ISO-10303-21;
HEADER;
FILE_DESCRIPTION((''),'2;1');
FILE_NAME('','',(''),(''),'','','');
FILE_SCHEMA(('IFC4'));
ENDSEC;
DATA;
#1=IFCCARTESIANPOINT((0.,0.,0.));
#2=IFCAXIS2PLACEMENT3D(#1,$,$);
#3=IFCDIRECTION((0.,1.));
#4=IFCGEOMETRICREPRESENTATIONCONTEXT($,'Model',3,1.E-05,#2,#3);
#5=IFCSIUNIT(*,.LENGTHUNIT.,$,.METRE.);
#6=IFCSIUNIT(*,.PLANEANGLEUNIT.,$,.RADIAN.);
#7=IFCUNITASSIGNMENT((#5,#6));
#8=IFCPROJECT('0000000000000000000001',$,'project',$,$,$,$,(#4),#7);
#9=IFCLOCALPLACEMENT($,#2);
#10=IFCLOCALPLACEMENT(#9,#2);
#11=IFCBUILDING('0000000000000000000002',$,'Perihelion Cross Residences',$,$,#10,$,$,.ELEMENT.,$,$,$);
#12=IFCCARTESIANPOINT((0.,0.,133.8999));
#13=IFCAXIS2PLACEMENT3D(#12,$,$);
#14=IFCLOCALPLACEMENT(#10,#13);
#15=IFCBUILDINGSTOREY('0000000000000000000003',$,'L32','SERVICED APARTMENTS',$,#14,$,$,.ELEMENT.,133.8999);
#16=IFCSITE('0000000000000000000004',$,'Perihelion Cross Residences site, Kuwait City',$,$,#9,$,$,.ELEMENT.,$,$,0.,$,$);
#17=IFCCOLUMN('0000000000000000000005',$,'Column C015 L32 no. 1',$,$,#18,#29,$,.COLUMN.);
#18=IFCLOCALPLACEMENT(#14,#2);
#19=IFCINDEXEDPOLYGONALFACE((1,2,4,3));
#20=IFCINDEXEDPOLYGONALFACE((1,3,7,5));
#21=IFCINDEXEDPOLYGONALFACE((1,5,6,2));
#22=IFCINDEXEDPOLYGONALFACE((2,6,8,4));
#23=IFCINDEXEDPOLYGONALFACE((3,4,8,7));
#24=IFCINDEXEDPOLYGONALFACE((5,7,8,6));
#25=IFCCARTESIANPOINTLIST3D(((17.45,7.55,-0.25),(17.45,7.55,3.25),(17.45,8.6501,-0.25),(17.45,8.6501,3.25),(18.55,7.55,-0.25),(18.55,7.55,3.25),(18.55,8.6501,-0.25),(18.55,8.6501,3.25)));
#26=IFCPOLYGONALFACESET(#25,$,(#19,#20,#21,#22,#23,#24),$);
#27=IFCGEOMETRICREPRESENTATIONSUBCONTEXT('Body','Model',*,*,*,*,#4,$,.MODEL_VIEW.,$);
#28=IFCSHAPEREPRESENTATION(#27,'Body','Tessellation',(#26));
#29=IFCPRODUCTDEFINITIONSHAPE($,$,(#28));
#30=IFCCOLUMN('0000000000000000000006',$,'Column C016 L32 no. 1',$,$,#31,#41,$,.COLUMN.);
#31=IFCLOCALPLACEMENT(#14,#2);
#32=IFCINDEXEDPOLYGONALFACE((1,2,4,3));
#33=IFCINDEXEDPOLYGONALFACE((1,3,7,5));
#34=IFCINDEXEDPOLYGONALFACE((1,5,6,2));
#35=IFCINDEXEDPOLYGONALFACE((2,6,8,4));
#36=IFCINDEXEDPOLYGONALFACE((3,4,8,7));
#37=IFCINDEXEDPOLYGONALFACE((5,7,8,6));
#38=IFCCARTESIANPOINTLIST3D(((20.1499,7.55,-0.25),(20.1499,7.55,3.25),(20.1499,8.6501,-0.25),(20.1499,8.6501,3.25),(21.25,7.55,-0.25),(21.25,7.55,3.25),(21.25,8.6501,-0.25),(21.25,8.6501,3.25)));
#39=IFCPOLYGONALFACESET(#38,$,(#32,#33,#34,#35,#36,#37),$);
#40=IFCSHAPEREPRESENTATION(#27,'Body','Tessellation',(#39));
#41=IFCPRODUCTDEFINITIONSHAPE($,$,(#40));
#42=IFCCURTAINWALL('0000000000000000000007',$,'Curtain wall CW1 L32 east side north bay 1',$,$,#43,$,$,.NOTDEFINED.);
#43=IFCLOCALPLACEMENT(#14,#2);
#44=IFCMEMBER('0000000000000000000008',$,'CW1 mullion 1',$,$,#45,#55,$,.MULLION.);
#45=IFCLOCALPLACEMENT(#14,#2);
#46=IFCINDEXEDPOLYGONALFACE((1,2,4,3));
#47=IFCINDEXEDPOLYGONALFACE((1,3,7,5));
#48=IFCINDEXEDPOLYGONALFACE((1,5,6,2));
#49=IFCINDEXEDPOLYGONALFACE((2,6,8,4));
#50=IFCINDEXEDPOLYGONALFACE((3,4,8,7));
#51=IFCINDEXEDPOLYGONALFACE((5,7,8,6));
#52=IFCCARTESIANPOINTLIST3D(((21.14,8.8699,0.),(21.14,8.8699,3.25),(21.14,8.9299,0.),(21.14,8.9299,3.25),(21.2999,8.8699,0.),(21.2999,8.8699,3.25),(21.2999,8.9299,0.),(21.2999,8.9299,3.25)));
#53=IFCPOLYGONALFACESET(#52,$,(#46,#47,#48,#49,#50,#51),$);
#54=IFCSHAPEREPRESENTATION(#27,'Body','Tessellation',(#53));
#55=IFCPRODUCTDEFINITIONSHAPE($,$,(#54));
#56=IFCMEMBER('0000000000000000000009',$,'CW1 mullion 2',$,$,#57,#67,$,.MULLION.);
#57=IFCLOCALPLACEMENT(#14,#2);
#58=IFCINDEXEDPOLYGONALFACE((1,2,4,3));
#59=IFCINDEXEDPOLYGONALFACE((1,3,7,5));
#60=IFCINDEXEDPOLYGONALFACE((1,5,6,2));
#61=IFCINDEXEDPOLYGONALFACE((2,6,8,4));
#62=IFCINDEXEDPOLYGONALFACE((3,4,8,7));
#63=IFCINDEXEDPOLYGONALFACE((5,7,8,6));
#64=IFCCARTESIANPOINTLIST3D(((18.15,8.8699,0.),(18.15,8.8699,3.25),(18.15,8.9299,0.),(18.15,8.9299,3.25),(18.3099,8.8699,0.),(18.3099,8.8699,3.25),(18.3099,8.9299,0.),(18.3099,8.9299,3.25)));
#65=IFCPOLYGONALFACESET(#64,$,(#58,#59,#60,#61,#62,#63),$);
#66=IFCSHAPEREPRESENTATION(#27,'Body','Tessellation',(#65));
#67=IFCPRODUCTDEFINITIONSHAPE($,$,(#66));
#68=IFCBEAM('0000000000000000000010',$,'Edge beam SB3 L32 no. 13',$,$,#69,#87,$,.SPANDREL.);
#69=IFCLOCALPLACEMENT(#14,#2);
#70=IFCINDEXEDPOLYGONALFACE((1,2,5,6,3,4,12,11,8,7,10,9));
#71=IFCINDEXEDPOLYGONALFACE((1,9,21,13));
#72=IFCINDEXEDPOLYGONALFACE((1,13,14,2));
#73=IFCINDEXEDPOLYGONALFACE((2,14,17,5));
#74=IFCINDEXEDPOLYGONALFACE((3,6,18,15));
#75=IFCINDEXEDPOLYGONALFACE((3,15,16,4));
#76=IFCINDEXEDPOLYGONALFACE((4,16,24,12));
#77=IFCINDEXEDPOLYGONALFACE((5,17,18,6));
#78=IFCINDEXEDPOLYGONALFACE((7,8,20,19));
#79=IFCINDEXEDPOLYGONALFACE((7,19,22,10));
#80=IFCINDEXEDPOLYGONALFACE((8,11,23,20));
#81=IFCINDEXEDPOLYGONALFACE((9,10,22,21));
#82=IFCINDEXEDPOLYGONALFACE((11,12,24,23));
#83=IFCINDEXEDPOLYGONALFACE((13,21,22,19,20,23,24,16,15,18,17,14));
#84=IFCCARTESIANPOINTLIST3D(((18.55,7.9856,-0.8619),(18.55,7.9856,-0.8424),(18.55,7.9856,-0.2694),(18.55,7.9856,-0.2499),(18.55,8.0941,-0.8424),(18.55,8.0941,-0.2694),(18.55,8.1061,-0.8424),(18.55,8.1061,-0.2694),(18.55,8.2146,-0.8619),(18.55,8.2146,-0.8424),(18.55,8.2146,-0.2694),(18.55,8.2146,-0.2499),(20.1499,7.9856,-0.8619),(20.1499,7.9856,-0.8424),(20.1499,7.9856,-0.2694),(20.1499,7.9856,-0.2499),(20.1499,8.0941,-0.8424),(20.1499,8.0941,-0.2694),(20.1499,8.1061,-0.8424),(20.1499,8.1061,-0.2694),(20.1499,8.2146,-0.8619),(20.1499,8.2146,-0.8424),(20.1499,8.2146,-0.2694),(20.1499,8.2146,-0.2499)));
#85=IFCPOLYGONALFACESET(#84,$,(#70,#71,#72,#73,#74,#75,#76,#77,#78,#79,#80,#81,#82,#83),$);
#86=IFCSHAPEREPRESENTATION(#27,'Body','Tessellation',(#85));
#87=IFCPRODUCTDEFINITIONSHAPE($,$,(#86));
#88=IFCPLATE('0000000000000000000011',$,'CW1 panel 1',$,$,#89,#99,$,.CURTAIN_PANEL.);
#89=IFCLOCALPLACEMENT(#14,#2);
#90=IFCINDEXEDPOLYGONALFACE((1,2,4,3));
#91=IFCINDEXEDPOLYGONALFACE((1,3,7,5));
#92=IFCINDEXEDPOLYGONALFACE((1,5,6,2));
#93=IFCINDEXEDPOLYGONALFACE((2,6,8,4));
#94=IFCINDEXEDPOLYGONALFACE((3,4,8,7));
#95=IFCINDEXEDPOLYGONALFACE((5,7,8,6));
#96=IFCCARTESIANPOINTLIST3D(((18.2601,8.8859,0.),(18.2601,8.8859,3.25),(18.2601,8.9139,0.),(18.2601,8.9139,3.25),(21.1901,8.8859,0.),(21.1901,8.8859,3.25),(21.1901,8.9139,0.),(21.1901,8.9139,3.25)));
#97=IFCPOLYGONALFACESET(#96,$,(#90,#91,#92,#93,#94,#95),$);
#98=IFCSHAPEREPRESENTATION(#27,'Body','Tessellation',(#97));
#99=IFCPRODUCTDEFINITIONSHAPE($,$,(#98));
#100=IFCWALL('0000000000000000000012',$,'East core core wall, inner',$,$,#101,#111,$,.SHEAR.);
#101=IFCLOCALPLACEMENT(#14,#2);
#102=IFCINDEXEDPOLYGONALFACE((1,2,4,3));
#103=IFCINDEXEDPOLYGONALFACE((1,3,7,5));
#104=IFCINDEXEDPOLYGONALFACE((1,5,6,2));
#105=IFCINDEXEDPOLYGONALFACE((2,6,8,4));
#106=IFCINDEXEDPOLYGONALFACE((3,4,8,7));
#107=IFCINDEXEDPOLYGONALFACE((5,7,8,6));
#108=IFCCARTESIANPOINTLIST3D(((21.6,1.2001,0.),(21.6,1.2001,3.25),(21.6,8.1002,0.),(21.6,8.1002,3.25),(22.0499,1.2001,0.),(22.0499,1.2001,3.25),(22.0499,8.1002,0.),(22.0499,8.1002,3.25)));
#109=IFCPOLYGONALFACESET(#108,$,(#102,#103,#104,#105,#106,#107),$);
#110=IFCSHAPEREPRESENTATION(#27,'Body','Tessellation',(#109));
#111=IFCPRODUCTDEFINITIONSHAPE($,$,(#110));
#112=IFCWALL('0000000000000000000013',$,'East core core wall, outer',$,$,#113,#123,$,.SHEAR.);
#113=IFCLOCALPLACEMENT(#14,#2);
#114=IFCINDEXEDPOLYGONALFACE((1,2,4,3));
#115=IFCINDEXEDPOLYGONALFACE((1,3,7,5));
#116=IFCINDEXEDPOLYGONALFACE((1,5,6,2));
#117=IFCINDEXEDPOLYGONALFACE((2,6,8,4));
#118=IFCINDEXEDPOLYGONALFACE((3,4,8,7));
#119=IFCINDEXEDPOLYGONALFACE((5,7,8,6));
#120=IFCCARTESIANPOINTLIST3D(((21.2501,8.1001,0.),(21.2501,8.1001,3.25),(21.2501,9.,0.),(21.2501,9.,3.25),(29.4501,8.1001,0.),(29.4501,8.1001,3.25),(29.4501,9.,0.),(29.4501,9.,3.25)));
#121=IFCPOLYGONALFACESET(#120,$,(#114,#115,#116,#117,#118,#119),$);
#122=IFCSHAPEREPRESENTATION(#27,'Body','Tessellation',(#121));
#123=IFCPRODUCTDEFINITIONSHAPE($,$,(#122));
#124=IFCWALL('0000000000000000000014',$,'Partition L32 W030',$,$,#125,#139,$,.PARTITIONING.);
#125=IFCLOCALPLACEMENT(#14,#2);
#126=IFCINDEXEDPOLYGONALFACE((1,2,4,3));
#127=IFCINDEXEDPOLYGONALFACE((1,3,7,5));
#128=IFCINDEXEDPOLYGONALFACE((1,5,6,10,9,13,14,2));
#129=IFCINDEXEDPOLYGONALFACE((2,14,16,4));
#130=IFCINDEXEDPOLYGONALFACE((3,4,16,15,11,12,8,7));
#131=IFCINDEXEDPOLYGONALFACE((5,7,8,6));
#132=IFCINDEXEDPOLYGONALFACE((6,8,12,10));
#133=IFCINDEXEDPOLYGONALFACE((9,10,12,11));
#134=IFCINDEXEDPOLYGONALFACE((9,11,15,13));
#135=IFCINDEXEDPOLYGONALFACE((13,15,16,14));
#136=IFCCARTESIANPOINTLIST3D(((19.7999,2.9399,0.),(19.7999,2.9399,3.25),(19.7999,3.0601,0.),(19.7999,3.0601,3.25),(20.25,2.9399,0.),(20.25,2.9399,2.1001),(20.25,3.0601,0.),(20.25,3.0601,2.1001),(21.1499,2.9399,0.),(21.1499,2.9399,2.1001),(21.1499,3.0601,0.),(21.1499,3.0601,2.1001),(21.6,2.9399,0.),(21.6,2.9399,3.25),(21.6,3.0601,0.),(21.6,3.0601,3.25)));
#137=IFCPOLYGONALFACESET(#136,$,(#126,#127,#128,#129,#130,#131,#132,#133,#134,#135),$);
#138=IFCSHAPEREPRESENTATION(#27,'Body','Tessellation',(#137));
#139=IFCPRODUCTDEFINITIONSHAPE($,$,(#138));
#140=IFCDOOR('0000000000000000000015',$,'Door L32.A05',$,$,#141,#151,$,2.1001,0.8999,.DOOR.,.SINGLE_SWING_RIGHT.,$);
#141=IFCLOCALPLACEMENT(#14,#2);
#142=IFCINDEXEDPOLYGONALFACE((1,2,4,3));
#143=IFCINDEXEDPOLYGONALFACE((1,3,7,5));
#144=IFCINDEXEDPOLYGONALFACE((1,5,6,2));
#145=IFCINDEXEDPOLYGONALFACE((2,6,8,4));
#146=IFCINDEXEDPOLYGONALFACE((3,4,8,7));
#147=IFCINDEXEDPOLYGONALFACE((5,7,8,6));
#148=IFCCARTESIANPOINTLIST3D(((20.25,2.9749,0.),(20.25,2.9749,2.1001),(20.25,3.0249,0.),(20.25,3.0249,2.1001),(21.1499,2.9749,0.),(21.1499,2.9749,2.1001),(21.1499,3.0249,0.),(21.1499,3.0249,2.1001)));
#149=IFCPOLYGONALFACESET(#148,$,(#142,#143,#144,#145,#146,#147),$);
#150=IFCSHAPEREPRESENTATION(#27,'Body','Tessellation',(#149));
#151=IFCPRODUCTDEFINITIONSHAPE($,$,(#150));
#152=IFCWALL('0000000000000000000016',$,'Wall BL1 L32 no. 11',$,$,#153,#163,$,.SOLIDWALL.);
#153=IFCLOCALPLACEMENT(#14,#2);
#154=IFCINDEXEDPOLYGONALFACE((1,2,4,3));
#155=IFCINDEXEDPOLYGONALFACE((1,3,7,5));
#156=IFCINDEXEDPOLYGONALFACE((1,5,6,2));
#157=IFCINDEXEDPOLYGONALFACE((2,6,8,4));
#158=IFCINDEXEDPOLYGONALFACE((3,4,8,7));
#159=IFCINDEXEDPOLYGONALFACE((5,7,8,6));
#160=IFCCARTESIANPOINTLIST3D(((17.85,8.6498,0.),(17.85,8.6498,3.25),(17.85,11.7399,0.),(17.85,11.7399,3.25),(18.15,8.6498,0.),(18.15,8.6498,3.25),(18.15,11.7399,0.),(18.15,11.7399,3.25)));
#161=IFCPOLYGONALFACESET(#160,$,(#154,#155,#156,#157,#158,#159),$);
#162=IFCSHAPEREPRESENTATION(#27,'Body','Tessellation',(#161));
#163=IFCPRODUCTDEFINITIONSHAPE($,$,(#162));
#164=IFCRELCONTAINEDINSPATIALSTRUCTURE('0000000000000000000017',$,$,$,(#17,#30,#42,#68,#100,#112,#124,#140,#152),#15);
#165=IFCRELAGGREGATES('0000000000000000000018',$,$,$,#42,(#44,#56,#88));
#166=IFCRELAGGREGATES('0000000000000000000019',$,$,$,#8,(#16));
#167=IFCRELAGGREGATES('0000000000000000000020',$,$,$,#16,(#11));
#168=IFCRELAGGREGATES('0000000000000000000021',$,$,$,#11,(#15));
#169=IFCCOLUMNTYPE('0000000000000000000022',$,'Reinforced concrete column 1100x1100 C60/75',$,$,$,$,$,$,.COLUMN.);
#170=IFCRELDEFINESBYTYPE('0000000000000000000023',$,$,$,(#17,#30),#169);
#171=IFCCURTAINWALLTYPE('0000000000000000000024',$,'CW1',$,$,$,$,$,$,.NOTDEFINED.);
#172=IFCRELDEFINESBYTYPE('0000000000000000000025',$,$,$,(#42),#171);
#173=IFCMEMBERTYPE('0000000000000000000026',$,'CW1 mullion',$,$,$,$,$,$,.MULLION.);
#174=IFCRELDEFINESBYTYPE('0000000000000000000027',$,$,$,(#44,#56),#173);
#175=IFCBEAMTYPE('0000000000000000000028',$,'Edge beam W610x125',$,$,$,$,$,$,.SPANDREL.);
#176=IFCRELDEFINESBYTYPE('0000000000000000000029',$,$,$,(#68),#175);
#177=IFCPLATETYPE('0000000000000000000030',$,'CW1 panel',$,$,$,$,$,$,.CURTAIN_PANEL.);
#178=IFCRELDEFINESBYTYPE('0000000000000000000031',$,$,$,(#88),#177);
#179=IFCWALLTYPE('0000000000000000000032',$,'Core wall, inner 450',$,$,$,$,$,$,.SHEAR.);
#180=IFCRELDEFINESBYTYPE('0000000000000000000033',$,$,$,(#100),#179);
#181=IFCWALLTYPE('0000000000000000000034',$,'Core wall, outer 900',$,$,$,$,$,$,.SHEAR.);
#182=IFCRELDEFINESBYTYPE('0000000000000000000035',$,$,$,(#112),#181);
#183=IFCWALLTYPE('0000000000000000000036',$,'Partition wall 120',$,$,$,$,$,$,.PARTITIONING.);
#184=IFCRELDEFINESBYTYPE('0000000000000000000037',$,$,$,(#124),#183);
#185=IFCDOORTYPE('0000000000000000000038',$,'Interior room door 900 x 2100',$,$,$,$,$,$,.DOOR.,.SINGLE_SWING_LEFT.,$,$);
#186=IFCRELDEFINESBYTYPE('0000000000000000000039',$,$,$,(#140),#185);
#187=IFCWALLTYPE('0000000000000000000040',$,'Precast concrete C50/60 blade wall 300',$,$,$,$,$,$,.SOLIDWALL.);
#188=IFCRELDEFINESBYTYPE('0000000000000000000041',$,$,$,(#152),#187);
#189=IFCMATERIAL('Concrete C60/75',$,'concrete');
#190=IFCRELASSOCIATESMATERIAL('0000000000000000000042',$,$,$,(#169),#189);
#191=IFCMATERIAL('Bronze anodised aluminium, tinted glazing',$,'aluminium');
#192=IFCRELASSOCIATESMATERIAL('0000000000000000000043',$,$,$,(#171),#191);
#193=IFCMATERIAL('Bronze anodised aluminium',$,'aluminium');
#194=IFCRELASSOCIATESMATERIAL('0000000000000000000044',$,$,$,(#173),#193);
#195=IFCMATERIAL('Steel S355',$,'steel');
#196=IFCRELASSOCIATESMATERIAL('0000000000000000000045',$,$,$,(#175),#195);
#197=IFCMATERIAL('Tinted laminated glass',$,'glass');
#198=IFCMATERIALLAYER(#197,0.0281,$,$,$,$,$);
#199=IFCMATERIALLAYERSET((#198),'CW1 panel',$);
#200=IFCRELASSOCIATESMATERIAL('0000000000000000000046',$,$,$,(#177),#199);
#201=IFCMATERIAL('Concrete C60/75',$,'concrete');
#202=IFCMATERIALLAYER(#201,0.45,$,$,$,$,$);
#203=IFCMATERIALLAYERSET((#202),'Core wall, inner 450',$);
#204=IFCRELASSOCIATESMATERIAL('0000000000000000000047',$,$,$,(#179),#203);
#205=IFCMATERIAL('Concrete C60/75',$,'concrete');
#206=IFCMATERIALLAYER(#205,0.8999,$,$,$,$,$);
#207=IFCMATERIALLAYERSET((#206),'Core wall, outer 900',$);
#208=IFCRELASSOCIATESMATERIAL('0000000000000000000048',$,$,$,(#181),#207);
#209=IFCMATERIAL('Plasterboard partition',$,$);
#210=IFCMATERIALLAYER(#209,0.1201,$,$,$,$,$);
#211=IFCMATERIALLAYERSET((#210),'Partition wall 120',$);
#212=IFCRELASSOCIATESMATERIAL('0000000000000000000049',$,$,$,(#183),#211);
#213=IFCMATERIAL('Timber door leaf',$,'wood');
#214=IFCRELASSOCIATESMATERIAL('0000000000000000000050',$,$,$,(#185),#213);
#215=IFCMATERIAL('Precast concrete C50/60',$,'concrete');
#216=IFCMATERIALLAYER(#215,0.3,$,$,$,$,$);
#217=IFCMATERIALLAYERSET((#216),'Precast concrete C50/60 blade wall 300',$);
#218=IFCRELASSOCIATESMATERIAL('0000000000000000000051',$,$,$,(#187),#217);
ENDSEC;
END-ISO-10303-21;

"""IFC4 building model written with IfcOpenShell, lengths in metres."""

from ifc_helpers import new_model, si_unit, direction, frame, frame_2d, origin, origin_2d, place, context, subcontext, project, spatial, rectangle, i_section, extrude, material, layer, layer_set, material_profile, profile_set, type_object, element, fill, aggregate, save


model = new_model("IFC4")

# Units and contexts
model_context = context("Model", 3, precision=1e-05, world=origin(), true_north=direction((0.0, 1.0)))
body_context = subcontext(model_context, "Body", "Model", "MODEL_VIEW")
ifc_project = project(units=[si_unit("LENGTHUNIT", "METRE"), si_unit("PLANEANGLEUNIT", "RADIAN")], contexts=[model_context])

# Site, building, storey
site_placement = place(None, origin())
site = spatial("IfcSite", under=ifc_project, at=site_placement, Name="Perihelion Cross Residences site, Kuwait City", CompositionType="ELEMENT", RefElevation=0.0)
building_placement = place(site_placement, origin())
building = spatial("IfcBuilding", under=site, at=building_placement, Name="Perihelion Cross Residences", CompositionType="ELEMENT")
storey_placement = place(building_placement, frame((0.0, 0.0, 133.8999)))
storey = spatial("IfcBuildingStorey", under=building, at=storey_placement, Name="L32", Description="SERVICED APARTMENTS", CompositionType="ELEMENT", Elevation=133.8999)

# Columns
ifc_material_1 = material(Name="Concrete C60/75", Category="concrete")
ifc_material_profile_1 = material_profile(ifc_material_1, rectangle(XDim=1.1001, YDim=1.1001, at=origin_2d()), Name="RC 1100x1100")
ifc_profile_set_1 = profile_set([ifc_material_profile_1], Name="Concrete C60/75")
column_type = type_object("IfcColumnType", Name="Reinforced concrete column 1100x1100 C60/75", PredefinedType="COLUMN", material=ifc_profile_set_1)
for number, where, z_axis, x_axis, name in (
    (1, (18.0, 8.1001, -0.25), (0.0, 0.0, 1.0), (1.0, 0.0, 0.0), "Column C015 L32 no. 1"),
    (2, (20.7, 8.1001, -0.25), (0.0, 0.0, 1.0), (1.0, 0.0, 0.0), "Column C016 L32 no. 1"),
):
    element("IfcColumn", number, at=place(storey_placement, frame(where, z_axis=z_axis, x_axis=x_axis)), inside=storey, type_object=column_type, Name=name, PredefinedType="COLUMN", context=body_context, shape_type="SweptSolid", body=[
        extrude(rectangle(XDim=1.1001, YDim=1.1001, at=origin_2d()), origin(), (0.0, 0.0, 1.0), 3.5),
    ])

# Curtain wall, members
ifc_material_2 = material(Name="Bronze anodised aluminium, tinted glazing", Category="aluminium")
curtain_wall_type = type_object("IfcCurtainWallType", Name="CW1", PredefinedType="NOTDEFINED", material=ifc_material_2)
curtain_wall_placement = place(storey_placement, origin())
curtain_wall = element("IfcCurtainWall", 3, at=curtain_wall_placement, inside=storey, type_object=curtain_wall_type, Name="Curtain wall CW1 L32 east side north bay 1", PredefinedType="NOTDEFINED")
ifc_material_3 = material(Name="Bronze anodised aluminium", Category="aluminium")
ifc_material_profile_2 = material_profile(ifc_material_3, rectangle(XDim=0.0601, YDim=0.1599, at=origin_2d()), Name="CW1 mullion")
ifc_profile_set_2 = profile_set([ifc_material_profile_2], Name="Bronze anodised aluminium")
member_type = type_object("IfcMemberType", Name="CW1 mullion", PredefinedType="MULLION", material=ifc_profile_set_2)
member_1_placement = place(storey_placement, frame((21.22, 8.8999, 0.0), z_axis=(0.0, 0.0, 1.0), x_axis=(0.0, -1.0, 0.0)))
member_1 = element("IfcMember", 4, at=member_1_placement, type_object=member_type, Name="CW1 mullion 1", PredefinedType="MULLION", context=body_context, shape_type="SweptSolid", body=[
    extrude(rectangle(XDim=0.0601, YDim=0.1599, at=origin_2d()), origin(), (0.0, 0.0, 1.0), 3.25),
])
member_2_placement = place(storey_placement, frame((18.23, 8.8999, 0.0), z_axis=(0.0, 0.0, 1.0), x_axis=(0.0, -1.0, 0.0)))
member_2 = element("IfcMember", 5, at=member_2_placement, type_object=member_type, Name="CW1 mullion 2", PredefinedType="MULLION", context=body_context, shape_type="SweptSolid", body=[
    extrude(rectangle(XDim=0.0601, YDim=0.1599, at=origin_2d()), origin(), (0.0, 0.0, 1.0), 3.25),
])

# Beam
ifc_material_4 = material(Name="Steel S355", Category="steel")
ifc_material_profile_3 = material_profile(ifc_material_4, i_section(OverallWidth=0.229, OverallDepth=0.6121, WebThickness=0.012, FlangeThickness=0.0195, at=origin_2d()), Name="W610x125")
ifc_profile_set_3 = profile_set([ifc_material_profile_3], Name="Steel S355")
beam_type = type_object("IfcBeamType", Name="Edge beam W610x125", PredefinedType="SPANDREL", material=ifc_profile_set_3)
beam_placement = place(storey_placement, frame((20.1499, 8.1001, -0.5559), z_axis=(-1.0, 0.0, 0.0), x_axis=(0.0, -1.0, 0.0)))
element("IfcBeam", 6, at=beam_placement, inside=storey, type_object=beam_type, Name="Edge beam SB3 L32 no. 13", PredefinedType="SPANDREL", context=body_context, shape_type="SweptSolid", body=[
    extrude(i_section(OverallWidth=0.229, OverallDepth=0.6121, WebThickness=0.012, FlangeThickness=0.0195, at=origin_2d()), origin(), (0.0, 0.0, 1.0), 1.5999),
])

# Plate
ifc_material_5 = material(Name="Tinted laminated glass", Category="glass")
ifc_layer_1 = layer(ifc_material_5, 0.0281)
ifc_layer_set_1 = layer_set([ifc_layer_1], Name="CW1 panel")
plate_type = type_object("IfcPlateType", Name="CW1 panel", PredefinedType="CURTAIN_PANEL", material=ifc_layer_set_1)
plate_placement = place(storey_placement, frame((19.7251, 8.8999, 0.0), z_axis=(0.0, 0.0, 1.0), x_axis=(-1.0, 0.0, 0.0)))
plate = element("IfcPlate", 7, at=plate_placement, type_object=plate_type, Name="CW1 panel 1", PredefinedType="CURTAIN_PANEL", context=body_context, shape_type="SweptSolid", body=[
    extrude(rectangle(XDim=2.9299, YDim=0.0281, at=origin_2d()), origin(), (0.0, 0.0, 1.0), 3.25),
])
aggregate(curtain_wall, [member_1, member_2, plate])

# Walls
ifc_material_6 = material(Name="Concrete C60/75", Category="concrete")
ifc_layer_2 = layer(ifc_material_6, 0.45)
ifc_layer_set_2 = layer_set([ifc_layer_2], Name="Core wall, inner 450")
wall_type_1 = type_object("IfcWallType", Name="Core wall, inner 450", PredefinedType="SHEAR", material=ifc_layer_set_2)
wall_1_placement = place(storey_placement, frame((21.825, 1.2, 0.0), z_axis=(0.0, 0.0, 1.0), x_axis=(0.0, 1.0, 0.0)))
element("IfcWall", 8, at=wall_1_placement, inside=storey, type_object=wall_type_1, Name="East core core wall, inner", PredefinedType="SHEAR", context=body_context, shape_type="SweptSolid", body=[
    extrude(rectangle(XDim=6.9001, YDim=0.45, at=frame_2d((3.4502, 0.0))), origin(), (0.0, 0.0, 1.0), 3.25),
])
ifc_material_7 = material(Name="Concrete C60/75", Category="concrete")
ifc_layer_3 = layer(ifc_material_7, 0.8999)
ifc_layer_set_3 = layer_set([ifc_layer_3], Name="Core wall, outer 900")
wall_type_2 = type_object("IfcWallType", Name="Core wall, outer 900", PredefinedType="SHEAR", material=ifc_layer_set_3)
wall_2_placement = place(storey_placement, frame((21.25, 8.55, 0.0), z_axis=(0.0, 0.0, 1.0), x_axis=(1.0, 0.0, 0.0)))
element("IfcWall", 9, at=wall_2_placement, inside=storey, type_object=wall_type_2, Name="East core core wall, outer", PredefinedType="SHEAR", context=body_context, shape_type="SweptSolid", body=[
    extrude(rectangle(XDim=8.2, YDim=0.8999, at=frame_2d((4.1001, 0.0))), origin(), (0.0, 0.0, 1.0), 3.25),
])

# Wall, opening, door
ifc_material_8 = material(Name="Plasterboard partition")
ifc_layer_4 = layer(ifc_material_8, 0.1201)
ifc_layer_set_4 = layer_set([ifc_layer_4], Name="Partition wall 120")
wall_type_3 = type_object("IfcWallType", Name="Partition wall 120", PredefinedType="PARTITIONING", material=ifc_layer_set_4)
wall_3_placement = place(storey_placement, frame((19.8, 3.0, 0.0), z_axis=(0.0, 0.0, 1.0), x_axis=(1.0, 0.0, 0.0)))
wall_3 = element("IfcWall", 10, at=wall_3_placement, inside=storey, type_object=wall_type_3, Name="Partition L32 W030", PredefinedType="PARTITIONING", context=body_context, shape_type="SweptSolid", body=[
    extrude(rectangle(XDim=1.8, YDim=0.1201, at=frame_2d((0.8999, 0.0))), origin(), (0.0, 0.0, 1.0), 3.25),
])
opening_1_placement = place(wall_3_placement, frame((0.45, 0.0, 0.0)))
opening_1 = element("IfcOpeningElement", 11, at=opening_1_placement, cuts=wall_3, PredefinedType="OPENING", context=body_context, shape_type="SweptSolid", body=[
    extrude(rectangle(XDim=0.8999, YDim=2.1001, at=frame_2d((0.45, 1.05))), frame((0.0, 0.0701, 0.0), z_axis=(0.0, -1.0, 0.0), x_axis=(1.0, 0.0, 0.0)), (0.0, 0.0, 1.0), 0.1401),
])
ifc_material_9 = material(Name="Timber door leaf", Category="wood")
door_type_1 = type_object("IfcDoorType", Name="Interior room door 900 x 2100", OperationType="SINGLE_SWING_LEFT", PredefinedType="DOOR", material=ifc_material_9)
door_1_placement = place(opening_1_placement, origin())
door_1 = element("IfcDoor", 12, at=door_1_placement, inside=storey, type_object=door_type_1, Name="Door L32.A05", OperationType="SINGLE_SWING_RIGHT", OverallHeight=2.1001, OverallWidth=0.8999, PredefinedType="DOOR", context=body_context, shape_type="SweptSolid", body=[
    extrude(rectangle(XDim=0.8999, YDim=2.1001, at=frame_2d((0.45, 1.05))), frame((0.0, 0.0249, 0.0), z_axis=(0.0, -1.0, 0.0), x_axis=(1.0, 0.0, 0.0)), (0.0, 0.0, 1.0), 0.05),
])
fill(opening_1, door_1)

# Wall
ifc_material_10 = material(Name="Precast concrete C50/60", Category="concrete")
ifc_layer_5 = layer(ifc_material_10, 0.3)
ifc_layer_set_5 = layer_set([ifc_layer_5], Name="Precast concrete C50/60 blade wall 300")
wall_type_4 = type_object("IfcWallType", Name="Precast concrete C50/60 blade wall 300", PredefinedType="SOLIDWALL", material=ifc_layer_set_5)
wall_4_placement = place(storey_placement, frame((18.0, 8.6499, 0.0), z_axis=(0.0, 0.0, 1.0), x_axis=(0.0, 1.0, 0.0)))
element("IfcWall", 13, at=wall_4_placement, inside=storey, type_object=wall_type_4, Name="Wall BL1 L32 no. 11", PredefinedType="SOLIDWALL", context=body_context, shape_type="SweptSolid", body=[
    extrude(rectangle(XDim=3.0901, YDim=0.3, at=frame_2d((1.5449, 0.0))), origin(), (0.0, 0.0, 1.0), 3.25),
])

save(model, "model.ifc")
